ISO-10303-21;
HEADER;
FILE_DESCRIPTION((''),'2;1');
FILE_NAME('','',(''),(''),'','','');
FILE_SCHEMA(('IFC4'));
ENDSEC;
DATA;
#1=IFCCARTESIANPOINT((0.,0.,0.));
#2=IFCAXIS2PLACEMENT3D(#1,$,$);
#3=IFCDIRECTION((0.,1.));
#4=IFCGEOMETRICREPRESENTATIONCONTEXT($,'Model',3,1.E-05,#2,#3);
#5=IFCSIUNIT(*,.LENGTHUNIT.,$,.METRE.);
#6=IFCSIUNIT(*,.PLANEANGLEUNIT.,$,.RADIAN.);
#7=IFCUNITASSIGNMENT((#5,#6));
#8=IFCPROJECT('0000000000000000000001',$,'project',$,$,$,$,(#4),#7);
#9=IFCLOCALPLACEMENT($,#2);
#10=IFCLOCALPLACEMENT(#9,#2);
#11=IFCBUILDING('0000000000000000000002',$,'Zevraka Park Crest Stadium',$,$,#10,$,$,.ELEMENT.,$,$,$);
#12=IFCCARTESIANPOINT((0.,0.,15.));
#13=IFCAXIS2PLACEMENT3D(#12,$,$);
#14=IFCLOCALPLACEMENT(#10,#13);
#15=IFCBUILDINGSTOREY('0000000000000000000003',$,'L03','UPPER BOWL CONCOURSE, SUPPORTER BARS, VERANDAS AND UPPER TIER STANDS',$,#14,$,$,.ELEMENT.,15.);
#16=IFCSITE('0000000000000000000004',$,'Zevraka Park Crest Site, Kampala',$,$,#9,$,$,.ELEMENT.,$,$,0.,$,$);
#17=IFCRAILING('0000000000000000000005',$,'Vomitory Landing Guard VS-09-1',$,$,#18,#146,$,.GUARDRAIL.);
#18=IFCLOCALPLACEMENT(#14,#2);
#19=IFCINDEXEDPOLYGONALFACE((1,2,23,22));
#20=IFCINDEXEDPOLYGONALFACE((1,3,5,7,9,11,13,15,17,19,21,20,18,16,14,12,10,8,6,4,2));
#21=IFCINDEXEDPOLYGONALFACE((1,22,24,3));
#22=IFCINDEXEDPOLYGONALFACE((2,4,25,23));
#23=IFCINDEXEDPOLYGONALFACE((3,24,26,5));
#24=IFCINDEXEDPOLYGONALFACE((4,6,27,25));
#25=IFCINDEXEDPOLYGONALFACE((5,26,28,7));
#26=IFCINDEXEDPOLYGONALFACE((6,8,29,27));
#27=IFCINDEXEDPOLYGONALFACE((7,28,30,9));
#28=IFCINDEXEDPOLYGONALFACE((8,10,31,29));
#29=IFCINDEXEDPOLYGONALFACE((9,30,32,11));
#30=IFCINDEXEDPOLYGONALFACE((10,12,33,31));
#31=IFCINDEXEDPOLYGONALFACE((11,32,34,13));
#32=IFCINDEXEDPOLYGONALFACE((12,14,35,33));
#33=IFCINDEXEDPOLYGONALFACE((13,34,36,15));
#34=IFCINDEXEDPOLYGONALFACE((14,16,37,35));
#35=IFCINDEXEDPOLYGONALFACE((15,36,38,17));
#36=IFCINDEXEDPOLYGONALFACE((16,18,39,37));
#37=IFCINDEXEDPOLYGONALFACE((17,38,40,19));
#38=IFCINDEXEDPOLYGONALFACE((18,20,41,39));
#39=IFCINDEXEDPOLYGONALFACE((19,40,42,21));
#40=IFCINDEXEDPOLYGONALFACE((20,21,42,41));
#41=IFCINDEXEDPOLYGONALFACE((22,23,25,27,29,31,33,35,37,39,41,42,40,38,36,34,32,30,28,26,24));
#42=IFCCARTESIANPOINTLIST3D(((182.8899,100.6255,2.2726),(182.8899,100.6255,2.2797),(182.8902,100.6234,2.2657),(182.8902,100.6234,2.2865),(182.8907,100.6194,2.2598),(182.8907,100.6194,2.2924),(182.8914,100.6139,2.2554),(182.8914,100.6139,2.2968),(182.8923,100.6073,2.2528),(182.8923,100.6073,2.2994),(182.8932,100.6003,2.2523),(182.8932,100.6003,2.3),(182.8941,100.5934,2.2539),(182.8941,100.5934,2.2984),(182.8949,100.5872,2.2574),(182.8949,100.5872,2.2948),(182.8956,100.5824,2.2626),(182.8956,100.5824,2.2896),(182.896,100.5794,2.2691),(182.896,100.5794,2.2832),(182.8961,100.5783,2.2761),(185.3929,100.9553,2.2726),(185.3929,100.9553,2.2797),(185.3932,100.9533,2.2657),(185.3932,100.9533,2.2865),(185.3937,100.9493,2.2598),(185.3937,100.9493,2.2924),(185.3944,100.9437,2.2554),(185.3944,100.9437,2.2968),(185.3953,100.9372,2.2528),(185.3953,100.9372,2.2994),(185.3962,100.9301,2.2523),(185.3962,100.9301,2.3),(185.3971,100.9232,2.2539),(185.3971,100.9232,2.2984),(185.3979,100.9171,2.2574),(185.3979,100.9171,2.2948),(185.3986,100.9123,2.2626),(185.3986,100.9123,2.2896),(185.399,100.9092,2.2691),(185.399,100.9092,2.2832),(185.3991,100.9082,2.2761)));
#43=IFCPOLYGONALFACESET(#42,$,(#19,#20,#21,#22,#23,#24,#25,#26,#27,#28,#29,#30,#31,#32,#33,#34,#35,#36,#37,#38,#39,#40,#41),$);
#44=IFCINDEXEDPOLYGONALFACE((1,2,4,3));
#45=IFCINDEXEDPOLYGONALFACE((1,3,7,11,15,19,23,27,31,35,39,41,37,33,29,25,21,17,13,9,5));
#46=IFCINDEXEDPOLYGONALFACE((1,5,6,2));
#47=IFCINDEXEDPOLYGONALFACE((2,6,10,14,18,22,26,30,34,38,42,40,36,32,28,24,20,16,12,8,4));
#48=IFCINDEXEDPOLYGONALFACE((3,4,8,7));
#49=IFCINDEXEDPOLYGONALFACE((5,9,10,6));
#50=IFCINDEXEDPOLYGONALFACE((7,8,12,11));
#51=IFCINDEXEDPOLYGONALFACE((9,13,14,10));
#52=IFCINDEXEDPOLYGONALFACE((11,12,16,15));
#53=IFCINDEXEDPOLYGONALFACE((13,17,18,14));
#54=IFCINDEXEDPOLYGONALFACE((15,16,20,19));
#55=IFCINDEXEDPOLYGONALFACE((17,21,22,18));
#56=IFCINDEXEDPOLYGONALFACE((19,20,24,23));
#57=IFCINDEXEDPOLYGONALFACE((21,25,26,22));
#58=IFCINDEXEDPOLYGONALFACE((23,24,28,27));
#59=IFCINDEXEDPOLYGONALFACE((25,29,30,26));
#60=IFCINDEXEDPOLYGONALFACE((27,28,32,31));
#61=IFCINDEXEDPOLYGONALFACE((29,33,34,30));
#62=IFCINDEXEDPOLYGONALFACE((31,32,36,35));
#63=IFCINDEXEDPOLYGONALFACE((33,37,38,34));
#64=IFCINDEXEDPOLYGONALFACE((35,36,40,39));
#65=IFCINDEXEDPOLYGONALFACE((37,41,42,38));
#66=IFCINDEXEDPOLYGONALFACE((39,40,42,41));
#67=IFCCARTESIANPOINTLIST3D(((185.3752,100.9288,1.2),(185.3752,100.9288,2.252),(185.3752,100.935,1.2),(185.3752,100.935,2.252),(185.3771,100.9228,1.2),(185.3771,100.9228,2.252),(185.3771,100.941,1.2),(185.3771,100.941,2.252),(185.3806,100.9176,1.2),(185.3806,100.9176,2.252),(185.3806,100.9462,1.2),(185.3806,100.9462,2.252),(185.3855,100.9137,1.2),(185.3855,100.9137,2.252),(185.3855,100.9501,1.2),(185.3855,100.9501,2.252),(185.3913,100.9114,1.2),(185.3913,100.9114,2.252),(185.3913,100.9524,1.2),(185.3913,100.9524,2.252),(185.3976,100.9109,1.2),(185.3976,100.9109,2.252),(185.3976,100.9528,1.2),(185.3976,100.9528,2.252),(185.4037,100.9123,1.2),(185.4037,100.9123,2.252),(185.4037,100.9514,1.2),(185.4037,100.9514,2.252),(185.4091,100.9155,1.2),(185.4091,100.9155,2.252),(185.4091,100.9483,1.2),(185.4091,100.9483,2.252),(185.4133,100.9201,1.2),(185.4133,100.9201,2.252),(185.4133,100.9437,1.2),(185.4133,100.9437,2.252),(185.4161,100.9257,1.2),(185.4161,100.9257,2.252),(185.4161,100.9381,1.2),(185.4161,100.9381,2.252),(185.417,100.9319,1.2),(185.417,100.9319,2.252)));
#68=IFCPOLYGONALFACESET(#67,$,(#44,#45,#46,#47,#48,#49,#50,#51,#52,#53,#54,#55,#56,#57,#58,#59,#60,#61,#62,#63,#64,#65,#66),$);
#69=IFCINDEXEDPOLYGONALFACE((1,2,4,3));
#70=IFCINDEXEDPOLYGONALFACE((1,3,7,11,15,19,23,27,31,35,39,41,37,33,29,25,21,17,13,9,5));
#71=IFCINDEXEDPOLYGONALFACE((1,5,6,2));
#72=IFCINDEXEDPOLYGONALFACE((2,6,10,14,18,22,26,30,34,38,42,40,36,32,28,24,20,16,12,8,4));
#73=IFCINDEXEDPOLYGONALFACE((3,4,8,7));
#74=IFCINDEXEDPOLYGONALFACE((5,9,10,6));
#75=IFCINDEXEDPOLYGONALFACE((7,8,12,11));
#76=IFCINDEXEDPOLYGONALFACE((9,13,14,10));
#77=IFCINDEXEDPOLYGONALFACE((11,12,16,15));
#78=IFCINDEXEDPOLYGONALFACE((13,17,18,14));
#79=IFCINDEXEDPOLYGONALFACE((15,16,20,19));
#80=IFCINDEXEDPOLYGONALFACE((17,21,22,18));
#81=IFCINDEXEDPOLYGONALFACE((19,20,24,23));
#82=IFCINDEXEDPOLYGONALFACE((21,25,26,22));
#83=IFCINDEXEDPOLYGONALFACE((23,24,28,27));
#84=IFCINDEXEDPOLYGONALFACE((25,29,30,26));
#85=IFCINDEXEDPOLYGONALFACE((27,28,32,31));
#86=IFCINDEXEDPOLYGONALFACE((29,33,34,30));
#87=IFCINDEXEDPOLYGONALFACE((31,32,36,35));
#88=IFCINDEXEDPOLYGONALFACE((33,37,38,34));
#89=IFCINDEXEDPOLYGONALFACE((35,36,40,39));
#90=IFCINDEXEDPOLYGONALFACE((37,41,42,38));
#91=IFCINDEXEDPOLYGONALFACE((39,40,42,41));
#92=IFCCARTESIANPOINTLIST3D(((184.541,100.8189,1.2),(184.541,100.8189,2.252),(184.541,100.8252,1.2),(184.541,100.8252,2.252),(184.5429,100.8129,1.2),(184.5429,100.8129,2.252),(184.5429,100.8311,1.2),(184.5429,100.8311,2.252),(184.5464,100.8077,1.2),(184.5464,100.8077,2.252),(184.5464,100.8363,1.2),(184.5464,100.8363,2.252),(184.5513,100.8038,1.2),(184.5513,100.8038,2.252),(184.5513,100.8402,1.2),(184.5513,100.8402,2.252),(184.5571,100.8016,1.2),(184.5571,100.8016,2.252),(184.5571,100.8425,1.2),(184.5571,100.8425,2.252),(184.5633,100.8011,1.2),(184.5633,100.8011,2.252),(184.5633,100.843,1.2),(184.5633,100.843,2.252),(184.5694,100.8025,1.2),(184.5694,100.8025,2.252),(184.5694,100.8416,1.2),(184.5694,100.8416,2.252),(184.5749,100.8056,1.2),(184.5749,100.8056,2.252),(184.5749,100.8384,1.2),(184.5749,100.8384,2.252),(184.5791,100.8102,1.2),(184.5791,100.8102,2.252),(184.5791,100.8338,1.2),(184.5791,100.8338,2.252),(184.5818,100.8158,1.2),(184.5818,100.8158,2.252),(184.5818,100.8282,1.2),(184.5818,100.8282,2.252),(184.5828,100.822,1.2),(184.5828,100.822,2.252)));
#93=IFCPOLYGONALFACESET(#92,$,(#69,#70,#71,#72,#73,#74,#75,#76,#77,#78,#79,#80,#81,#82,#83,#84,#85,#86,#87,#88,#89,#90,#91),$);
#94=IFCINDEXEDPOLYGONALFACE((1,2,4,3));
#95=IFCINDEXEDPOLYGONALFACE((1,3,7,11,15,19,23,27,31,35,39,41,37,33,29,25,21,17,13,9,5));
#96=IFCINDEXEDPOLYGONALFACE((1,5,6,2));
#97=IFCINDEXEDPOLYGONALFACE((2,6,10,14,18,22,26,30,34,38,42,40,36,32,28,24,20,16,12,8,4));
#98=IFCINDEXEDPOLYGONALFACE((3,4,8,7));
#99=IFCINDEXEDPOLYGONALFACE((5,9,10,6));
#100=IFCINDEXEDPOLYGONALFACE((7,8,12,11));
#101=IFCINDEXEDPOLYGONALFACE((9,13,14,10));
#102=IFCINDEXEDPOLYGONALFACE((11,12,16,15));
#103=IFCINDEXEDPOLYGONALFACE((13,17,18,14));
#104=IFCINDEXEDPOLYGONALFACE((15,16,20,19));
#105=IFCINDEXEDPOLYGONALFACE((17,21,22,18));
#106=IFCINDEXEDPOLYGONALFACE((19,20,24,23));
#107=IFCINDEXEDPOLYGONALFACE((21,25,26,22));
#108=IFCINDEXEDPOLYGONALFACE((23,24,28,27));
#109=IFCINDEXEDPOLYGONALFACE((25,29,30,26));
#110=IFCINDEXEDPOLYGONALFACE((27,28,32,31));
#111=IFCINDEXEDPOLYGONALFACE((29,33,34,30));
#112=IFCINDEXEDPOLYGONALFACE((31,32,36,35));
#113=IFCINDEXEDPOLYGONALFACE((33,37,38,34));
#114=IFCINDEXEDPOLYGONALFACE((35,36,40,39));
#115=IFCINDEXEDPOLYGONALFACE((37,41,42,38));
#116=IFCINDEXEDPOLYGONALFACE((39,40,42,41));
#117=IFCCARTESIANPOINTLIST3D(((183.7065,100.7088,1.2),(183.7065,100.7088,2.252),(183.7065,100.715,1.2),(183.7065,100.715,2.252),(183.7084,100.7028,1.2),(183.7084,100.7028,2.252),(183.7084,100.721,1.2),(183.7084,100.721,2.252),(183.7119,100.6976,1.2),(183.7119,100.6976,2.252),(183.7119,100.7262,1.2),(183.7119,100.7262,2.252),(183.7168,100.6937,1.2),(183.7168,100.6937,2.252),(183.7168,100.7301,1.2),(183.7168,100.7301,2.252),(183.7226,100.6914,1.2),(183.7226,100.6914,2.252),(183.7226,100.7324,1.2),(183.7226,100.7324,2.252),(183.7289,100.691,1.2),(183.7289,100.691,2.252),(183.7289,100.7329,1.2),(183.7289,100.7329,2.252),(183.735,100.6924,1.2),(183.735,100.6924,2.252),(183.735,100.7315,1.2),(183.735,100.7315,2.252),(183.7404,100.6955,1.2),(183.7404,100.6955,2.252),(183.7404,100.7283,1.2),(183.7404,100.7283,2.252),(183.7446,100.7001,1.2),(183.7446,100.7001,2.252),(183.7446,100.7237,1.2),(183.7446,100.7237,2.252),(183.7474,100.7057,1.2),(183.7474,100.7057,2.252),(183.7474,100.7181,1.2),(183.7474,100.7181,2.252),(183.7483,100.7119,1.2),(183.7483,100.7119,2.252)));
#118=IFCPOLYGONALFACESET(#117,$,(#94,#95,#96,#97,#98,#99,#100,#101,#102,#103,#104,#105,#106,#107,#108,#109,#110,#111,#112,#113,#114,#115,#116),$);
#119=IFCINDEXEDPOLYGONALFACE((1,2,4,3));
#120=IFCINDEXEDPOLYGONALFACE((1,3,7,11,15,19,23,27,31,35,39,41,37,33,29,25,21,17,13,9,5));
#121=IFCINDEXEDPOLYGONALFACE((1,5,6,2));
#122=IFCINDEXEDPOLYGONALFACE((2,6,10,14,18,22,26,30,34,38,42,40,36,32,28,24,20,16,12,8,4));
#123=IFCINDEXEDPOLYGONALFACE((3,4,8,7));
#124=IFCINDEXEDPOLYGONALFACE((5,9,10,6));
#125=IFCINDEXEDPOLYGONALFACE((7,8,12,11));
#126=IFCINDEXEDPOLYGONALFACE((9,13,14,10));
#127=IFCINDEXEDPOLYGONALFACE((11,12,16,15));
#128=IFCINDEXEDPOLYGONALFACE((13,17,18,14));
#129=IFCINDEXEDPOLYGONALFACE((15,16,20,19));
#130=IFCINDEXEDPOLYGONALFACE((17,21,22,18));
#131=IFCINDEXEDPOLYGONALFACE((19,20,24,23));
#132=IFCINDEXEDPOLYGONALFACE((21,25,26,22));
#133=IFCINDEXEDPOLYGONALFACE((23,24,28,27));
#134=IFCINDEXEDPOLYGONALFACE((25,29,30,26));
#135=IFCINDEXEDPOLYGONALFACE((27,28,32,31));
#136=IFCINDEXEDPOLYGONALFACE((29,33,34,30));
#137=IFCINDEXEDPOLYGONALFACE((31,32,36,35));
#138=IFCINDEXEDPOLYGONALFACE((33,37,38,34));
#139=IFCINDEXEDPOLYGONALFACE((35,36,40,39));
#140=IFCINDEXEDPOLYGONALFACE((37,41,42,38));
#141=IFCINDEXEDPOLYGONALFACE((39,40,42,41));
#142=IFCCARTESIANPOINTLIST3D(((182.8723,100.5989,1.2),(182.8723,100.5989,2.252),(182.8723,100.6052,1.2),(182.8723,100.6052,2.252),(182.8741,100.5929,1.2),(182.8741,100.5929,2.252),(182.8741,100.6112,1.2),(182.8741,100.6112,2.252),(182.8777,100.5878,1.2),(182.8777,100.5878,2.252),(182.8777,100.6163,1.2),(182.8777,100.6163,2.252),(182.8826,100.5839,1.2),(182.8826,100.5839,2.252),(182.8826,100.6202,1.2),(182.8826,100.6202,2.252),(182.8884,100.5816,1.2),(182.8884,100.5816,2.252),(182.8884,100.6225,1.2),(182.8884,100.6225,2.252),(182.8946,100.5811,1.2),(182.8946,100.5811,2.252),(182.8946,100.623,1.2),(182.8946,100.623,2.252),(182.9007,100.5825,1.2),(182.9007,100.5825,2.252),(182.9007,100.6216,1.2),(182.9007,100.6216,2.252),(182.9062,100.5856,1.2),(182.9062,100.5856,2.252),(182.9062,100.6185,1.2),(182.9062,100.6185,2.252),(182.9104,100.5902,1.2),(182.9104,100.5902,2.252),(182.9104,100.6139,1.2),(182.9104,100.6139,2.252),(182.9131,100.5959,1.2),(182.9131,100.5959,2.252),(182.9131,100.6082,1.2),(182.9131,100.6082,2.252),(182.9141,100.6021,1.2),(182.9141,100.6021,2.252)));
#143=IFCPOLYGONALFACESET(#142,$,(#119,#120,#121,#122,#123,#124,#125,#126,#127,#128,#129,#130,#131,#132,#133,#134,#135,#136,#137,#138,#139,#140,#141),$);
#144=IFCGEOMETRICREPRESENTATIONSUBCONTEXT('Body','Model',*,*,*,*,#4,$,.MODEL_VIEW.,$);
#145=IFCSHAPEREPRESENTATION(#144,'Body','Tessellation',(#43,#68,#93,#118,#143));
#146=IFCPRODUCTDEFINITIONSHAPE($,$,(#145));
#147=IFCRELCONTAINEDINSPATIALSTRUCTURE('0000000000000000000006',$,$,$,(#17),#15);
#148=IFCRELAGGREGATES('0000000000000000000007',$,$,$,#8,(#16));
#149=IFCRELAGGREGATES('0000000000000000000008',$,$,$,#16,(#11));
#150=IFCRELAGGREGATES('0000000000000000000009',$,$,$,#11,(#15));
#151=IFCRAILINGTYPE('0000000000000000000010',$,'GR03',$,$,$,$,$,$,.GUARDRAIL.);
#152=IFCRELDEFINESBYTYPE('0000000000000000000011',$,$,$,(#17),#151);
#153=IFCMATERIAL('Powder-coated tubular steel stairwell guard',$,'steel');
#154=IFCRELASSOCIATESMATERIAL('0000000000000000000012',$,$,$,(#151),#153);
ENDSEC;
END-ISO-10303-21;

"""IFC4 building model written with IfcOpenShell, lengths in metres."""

from ifc_helpers import new_model, si_unit, direction, frame, origin, origin_2d, place, context, subcontext, project, spatial, circle, extrude, material, type_object, element, save


model = new_model("IFC4")

# Units and contexts
model_context = context("Model", 3, precision=1e-05, world=origin(), true_north=direction((0.0, 1.0)))
body_context = subcontext(model_context, "Body", "Model", "MODEL_VIEW")
ifc_project = project(units=[si_unit("LENGTHUNIT", "METRE"), si_unit("PLANEANGLEUNIT", "RADIAN")], contexts=[model_context])

# Site, building, storey
site_placement = place(None, origin())
site = spatial("IfcSite", under=ifc_project, at=site_placement, Name="Zevraka Park Crest Site, Kampala", CompositionType="ELEMENT", RefElevation=0.0)
building_placement = place(site_placement, origin())
building = spatial("IfcBuilding", under=site, at=building_placement, Name="Zevraka Park Crest Stadium", CompositionType="ELEMENT")
storey_placement = place(building_placement, frame((0.0, 0.0, 15.0)))
storey = spatial("IfcBuildingStorey", under=building, at=storey_placement, Name="L03", Description="UPPER BOWL CONCOURSE, SUPPORTER BARS, VERANDAS AND UPPER TIER STANDS", CompositionType="ELEMENT", Elevation=15.0)

# Railing
ifc_material_1 = material(Name="Powder-coated tubular steel stairwell guard", Category="steel")
railing_type_1 = type_object("IfcRailingType", Name="GR03", PredefinedType="GUARDRAIL", material=ifc_material_1)
railing_1_placement = place(storey_placement, frame((185.396, 100.9319, 1.2)))
element("IfcRailing", 1, at=railing_1_placement, inside=storey, type_object=railing_type_1, Name="Vomitory Landing Guard VS-09-1", PredefinedType="GUARDRAIL", context=body_context, shape_type="SweptSolid", body=[
    extrude(circle(Radius=0.0239, at=origin_2d()), frame((0.0, 0.0, 1.0762), z_axis=(-0.991429, -0.13065, 0.0), x_axis=(0.13065, -0.991429, 0.0)), (0.0, 0.0, 1.0), 2.5247),
    extrude(circle(Radius=0.021, at=origin_2d()), origin(), (0.0, 0.0, 1.0), 1.052),
    extrude(circle(Radius=0.021, at=origin_2d()), frame((-0.8342, -0.1099, 0.0)), (0.0, 0.0, 1.0), 1.052),
    extrude(circle(Radius=0.021, at=origin_2d()), frame((-1.6687, -0.22, 0.0)), (0.0, 0.0, 1.0), 1.052),
    extrude(circle(Radius=0.021, at=origin_2d()), frame((-2.5029, -0.3298, 0.0)), (0.0, 0.0, 1.0), 1.052),
])

save(model, "model.ifc")
